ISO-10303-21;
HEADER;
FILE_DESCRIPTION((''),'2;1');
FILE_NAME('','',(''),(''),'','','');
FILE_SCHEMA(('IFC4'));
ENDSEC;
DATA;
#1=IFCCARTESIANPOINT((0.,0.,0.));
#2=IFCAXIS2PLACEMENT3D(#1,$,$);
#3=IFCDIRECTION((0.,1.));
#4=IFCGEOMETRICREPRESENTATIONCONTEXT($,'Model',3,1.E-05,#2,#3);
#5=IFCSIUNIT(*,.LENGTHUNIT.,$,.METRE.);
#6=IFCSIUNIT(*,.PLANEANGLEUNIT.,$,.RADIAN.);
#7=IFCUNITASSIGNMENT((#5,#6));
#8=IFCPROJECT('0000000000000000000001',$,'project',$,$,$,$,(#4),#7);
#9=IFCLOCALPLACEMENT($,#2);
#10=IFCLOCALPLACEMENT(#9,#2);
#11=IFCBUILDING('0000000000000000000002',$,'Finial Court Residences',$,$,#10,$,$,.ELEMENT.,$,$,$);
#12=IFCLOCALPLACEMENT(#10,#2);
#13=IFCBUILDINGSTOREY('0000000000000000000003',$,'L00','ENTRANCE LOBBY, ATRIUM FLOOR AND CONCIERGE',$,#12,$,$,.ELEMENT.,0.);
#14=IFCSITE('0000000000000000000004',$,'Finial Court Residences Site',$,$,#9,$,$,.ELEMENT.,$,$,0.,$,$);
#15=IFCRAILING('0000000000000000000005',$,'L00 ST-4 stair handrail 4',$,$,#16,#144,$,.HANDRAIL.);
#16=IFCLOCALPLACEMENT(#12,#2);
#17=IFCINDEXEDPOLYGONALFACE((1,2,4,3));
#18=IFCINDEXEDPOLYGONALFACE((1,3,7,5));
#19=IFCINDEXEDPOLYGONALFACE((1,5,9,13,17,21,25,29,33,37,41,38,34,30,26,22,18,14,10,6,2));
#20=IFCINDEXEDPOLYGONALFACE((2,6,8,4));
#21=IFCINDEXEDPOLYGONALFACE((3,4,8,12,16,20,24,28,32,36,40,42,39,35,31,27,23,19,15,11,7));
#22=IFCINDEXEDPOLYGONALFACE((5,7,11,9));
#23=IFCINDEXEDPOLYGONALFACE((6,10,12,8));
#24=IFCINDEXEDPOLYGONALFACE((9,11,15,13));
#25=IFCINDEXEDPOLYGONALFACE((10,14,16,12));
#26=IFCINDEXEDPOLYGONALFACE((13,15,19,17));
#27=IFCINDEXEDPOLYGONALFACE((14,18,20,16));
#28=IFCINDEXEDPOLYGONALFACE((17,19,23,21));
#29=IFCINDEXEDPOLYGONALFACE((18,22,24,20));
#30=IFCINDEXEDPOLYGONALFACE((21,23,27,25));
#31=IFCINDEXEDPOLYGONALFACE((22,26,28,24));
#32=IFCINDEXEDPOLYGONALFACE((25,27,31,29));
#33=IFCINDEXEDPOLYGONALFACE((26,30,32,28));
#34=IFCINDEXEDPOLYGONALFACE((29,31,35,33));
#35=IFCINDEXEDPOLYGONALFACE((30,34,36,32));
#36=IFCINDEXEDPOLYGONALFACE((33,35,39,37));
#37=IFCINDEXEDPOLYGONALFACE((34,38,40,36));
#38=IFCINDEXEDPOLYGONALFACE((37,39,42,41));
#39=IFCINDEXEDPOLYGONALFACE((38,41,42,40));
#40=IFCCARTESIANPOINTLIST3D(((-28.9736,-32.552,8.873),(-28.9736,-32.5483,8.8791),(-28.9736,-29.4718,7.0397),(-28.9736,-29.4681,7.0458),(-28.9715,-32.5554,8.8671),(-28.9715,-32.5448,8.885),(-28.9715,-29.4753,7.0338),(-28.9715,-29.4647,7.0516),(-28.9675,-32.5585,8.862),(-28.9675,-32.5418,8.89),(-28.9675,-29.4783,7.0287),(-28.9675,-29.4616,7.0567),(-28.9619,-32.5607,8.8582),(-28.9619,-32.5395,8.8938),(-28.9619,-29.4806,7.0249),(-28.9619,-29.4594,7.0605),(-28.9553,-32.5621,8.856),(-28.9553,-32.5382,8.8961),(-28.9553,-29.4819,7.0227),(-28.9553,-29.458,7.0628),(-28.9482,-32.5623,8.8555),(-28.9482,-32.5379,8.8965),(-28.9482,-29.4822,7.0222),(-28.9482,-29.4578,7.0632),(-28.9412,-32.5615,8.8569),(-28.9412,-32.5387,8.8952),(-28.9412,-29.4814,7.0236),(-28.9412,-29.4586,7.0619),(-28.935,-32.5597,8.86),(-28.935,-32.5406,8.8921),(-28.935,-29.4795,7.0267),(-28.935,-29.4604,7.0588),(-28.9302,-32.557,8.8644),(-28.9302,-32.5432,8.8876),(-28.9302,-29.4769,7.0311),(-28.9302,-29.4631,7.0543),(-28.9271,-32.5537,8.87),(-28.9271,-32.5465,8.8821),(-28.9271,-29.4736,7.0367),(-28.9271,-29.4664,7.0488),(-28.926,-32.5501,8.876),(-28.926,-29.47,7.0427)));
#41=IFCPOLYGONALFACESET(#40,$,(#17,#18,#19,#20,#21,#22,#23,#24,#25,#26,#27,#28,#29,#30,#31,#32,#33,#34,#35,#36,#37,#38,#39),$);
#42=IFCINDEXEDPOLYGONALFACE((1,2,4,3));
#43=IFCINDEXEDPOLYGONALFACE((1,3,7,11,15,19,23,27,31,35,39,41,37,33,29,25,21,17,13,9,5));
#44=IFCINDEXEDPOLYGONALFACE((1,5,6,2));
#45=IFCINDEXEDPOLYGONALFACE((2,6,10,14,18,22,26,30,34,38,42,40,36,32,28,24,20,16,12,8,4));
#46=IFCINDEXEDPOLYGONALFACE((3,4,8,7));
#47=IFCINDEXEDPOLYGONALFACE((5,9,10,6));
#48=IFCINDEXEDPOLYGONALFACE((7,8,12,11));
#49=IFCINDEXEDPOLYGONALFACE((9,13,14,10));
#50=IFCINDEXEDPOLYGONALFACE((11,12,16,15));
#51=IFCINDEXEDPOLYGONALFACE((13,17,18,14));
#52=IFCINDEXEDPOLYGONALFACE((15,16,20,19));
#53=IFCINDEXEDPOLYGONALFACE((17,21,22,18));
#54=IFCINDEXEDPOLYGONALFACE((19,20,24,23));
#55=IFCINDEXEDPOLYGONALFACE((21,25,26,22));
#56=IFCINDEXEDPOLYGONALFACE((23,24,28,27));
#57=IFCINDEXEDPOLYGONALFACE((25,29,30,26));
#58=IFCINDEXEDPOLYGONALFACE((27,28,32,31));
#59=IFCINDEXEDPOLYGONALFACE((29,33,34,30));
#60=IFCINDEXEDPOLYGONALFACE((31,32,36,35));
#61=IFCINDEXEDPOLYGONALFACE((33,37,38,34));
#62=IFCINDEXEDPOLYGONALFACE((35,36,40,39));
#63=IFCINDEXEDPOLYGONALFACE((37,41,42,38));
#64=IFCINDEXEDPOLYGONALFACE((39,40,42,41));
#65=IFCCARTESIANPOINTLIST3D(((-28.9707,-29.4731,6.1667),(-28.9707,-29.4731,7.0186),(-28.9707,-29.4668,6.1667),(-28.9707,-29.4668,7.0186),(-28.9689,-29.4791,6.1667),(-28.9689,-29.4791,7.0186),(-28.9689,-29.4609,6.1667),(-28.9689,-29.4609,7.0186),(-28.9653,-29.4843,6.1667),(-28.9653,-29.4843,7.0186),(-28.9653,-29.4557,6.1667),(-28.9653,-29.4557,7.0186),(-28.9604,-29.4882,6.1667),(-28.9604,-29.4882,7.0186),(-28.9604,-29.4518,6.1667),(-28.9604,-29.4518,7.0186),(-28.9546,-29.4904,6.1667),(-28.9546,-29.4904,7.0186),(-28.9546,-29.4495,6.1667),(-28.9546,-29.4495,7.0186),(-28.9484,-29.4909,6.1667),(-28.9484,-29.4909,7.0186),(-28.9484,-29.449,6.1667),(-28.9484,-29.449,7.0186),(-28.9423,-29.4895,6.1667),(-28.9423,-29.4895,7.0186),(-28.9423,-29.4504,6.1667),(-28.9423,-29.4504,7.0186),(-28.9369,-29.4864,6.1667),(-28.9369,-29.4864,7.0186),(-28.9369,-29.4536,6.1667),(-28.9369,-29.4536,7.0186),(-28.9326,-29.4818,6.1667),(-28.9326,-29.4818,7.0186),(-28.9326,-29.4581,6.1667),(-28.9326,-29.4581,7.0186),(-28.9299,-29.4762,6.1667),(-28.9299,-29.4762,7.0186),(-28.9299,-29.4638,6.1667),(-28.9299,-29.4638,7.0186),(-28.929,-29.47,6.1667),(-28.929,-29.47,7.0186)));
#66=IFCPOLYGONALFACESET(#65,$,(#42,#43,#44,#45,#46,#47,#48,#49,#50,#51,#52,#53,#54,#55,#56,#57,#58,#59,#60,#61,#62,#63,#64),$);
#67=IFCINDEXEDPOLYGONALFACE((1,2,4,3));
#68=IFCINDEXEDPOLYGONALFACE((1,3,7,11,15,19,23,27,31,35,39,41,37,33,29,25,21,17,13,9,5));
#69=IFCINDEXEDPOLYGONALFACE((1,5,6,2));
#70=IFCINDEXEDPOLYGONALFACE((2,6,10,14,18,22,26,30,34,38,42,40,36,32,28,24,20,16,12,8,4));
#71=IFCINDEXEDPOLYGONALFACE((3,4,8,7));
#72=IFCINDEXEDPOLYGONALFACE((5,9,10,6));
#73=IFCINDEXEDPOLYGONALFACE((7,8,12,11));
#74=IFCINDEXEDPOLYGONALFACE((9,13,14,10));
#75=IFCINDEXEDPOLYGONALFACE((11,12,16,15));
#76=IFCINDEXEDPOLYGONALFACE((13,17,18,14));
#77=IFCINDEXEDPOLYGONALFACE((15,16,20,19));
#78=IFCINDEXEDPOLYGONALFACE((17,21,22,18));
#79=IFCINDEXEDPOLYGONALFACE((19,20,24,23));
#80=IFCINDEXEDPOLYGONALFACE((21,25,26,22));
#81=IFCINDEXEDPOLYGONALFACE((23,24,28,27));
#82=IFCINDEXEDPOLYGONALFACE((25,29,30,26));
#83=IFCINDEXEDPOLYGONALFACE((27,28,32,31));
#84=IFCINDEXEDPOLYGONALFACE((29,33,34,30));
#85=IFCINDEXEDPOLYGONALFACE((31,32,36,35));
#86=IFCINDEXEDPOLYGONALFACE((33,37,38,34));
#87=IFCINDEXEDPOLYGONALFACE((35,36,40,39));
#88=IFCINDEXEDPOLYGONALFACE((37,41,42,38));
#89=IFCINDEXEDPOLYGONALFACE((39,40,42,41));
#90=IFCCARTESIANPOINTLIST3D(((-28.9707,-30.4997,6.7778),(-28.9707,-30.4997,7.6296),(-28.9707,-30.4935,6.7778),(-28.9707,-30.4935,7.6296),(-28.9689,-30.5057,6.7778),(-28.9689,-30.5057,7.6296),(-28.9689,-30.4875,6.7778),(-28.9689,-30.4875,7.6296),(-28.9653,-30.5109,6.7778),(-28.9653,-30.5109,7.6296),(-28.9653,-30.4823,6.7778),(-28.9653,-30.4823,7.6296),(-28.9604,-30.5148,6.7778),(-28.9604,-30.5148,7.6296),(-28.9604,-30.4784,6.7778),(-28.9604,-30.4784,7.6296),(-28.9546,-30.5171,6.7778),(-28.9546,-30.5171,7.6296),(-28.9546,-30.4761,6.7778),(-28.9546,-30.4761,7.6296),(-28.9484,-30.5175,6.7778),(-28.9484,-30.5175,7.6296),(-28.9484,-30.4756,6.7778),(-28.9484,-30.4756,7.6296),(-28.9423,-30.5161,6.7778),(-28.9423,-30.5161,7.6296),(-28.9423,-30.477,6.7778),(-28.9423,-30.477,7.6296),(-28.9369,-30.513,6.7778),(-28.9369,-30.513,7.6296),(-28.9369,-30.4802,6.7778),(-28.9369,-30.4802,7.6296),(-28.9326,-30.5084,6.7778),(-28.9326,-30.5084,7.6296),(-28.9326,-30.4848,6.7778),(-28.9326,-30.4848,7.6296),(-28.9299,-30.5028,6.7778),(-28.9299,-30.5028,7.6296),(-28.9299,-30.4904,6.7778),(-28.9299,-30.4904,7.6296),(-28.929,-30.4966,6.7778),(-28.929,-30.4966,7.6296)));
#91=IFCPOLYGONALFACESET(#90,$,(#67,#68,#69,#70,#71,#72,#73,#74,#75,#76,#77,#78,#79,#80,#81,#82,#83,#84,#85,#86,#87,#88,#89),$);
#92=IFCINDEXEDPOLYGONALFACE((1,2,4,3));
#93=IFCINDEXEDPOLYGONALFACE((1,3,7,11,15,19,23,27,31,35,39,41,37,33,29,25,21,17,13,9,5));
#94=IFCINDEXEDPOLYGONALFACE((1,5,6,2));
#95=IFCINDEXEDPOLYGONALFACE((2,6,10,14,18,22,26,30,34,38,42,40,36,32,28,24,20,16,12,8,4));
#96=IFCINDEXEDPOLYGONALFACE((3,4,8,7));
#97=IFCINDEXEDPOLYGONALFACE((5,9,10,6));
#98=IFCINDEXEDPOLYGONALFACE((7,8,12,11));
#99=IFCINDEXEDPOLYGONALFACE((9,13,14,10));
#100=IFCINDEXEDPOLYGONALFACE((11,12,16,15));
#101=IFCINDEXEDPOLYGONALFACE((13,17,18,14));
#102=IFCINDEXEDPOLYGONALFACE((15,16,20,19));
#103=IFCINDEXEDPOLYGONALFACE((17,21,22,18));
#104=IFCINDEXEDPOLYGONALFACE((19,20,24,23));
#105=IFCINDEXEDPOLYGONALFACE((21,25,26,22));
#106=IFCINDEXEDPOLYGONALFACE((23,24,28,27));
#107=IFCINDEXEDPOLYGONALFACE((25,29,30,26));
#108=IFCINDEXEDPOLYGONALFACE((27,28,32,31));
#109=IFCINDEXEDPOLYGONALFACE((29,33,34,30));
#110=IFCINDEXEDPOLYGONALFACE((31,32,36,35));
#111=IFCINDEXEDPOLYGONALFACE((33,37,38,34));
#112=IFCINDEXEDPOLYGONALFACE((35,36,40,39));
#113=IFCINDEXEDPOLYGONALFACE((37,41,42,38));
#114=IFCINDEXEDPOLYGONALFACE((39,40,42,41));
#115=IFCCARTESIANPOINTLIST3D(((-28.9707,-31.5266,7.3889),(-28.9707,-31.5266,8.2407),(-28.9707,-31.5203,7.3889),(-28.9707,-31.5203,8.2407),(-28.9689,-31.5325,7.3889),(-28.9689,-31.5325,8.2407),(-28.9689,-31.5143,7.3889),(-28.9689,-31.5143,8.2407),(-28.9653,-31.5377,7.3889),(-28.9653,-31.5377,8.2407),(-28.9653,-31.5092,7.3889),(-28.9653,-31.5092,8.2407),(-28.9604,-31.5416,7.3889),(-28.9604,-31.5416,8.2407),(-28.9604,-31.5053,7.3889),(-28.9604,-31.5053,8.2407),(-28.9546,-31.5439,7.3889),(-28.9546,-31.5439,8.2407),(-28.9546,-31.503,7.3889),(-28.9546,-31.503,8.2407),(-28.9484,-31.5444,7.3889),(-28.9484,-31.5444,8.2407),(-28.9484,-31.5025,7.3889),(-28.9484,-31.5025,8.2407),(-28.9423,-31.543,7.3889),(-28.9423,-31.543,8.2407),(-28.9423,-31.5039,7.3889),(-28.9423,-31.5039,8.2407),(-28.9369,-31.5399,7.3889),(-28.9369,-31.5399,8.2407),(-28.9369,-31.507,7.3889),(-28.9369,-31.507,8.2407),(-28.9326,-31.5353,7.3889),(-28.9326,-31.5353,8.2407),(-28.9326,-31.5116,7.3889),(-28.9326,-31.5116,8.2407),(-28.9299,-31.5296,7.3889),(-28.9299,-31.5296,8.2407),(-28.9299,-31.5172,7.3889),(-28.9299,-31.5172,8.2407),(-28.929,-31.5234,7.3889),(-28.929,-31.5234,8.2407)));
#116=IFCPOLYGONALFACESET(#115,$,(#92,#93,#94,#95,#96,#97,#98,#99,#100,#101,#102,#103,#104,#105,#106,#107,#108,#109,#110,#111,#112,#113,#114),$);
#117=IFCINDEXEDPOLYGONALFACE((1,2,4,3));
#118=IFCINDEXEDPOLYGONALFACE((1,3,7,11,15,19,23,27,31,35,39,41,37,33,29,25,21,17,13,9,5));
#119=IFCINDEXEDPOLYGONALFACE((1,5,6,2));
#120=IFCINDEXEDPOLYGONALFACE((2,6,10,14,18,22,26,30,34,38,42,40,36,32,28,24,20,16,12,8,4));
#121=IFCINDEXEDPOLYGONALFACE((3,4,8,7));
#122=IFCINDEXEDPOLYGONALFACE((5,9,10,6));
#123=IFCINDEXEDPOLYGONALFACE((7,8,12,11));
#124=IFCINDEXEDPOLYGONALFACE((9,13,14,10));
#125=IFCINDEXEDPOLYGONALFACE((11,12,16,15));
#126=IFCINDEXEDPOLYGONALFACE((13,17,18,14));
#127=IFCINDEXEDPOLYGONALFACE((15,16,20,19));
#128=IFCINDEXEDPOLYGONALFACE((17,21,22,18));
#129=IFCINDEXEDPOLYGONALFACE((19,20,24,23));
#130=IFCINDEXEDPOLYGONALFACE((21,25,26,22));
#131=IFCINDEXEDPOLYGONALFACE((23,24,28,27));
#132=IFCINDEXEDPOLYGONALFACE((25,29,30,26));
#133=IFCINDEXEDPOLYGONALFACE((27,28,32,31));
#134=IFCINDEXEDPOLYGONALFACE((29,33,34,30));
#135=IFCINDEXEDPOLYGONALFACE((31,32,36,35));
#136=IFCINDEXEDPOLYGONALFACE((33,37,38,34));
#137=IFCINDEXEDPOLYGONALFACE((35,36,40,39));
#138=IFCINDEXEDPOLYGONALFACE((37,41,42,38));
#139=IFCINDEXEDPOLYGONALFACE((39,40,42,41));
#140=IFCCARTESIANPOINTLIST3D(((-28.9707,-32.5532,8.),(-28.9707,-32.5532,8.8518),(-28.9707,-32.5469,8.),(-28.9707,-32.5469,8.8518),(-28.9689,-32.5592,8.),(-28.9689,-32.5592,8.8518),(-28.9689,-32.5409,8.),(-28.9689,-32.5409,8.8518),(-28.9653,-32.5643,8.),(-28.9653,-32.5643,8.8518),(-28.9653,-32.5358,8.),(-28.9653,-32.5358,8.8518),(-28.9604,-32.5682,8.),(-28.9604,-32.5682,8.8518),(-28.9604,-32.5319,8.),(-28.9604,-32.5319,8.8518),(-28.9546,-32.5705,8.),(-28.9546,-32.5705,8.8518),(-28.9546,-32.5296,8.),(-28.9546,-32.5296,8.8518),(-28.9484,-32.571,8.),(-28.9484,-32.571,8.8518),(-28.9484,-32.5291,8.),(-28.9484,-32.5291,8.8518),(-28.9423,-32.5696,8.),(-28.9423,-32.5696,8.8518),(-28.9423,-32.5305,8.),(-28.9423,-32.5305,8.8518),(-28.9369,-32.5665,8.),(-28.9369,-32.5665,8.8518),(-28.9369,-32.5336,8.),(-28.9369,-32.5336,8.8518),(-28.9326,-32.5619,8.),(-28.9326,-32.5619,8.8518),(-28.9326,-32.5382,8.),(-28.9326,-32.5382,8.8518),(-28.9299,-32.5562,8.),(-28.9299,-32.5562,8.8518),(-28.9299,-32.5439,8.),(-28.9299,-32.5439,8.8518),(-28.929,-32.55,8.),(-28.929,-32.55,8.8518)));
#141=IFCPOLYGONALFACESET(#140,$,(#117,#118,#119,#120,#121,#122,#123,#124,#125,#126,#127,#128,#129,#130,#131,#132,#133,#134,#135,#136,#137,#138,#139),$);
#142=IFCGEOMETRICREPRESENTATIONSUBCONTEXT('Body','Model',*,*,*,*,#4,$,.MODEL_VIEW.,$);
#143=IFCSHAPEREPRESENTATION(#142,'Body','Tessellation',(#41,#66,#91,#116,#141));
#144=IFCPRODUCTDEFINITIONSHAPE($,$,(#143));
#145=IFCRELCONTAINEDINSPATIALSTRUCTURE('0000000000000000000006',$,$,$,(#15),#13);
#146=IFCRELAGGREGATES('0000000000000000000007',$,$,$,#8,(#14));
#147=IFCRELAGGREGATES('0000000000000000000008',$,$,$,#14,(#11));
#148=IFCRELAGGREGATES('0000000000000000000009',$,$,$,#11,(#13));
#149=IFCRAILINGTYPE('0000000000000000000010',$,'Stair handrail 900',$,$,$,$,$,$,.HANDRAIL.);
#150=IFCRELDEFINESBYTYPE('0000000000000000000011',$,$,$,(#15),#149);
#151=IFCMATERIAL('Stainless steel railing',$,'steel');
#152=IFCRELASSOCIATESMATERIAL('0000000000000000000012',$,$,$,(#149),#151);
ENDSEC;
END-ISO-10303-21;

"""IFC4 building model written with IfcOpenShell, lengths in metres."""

from ifc_helpers import new_model, si_unit, direction, frame, origin, origin_2d, place, context, subcontext, project, spatial, circle, extrude, material, type_object, element, save


model = new_model("IFC4")

# Units and contexts
model_context = context("Model", 3, precision=1e-05, world=origin(), true_north=direction((0.0, 1.0)))
body_context = subcontext(model_context, "Body", "Model", "MODEL_VIEW")
ifc_project = project(units=[si_unit("LENGTHUNIT", "METRE"), si_unit("PLANEANGLEUNIT", "RADIAN")], contexts=[model_context])

# Site, building, storey
site_placement = place(None, origin())
site = spatial("IfcSite", under=ifc_project, at=site_placement, Name="Finial Court Residences Site", CompositionType="ELEMENT", RefElevation=0.0)
building_placement = place(site_placement, origin())
building = spatial("IfcBuilding", under=site, at=building_placement, Name="Finial Court Residences", CompositionType="ELEMENT")
storey_placement = place(building_placement, origin())
storey = spatial("IfcBuildingStorey", under=building, at=storey_placement, Name="L00", Description="ENTRANCE LOBBY, ATRIUM FLOOR AND CONCIERGE", CompositionType="ELEMENT", Elevation=0.0)

# Railing
ifc_material_1 = material(Name="Stainless steel railing", Category="steel")
railing_type = type_object("IfcRailingType", Name="Stair handrail 900", PredefinedType="HANDRAIL", material=ifc_material_1)
for number, where, name in (
    (1, (-28.95, -29.47, 6.1667), "L00 ST-4 stair handrail 4"),
):
    element("IfcRailing", number, at=place(storey_placement, frame(where)), inside=storey, type_object=railing_type, Name=name, PredefinedType="HANDRAIL", context=body_context, shape_type="SweptSolid", body=[
        extrude(circle(Radius=0.0239, at=origin_2d()), frame((0.0, 0.0, 0.876), z_axis=(0.0, -0.859309, 0.511458), x_axis=(1.0, 0.0, 0.0)), (0.0, 0.0, 1.0), 3.5845),
        extrude(circle(Radius=0.021, at=origin_2d()), origin(), (0.0, 0.0, 1.0), 0.8518),
        extrude(circle(Radius=0.021, at=origin_2d()), frame((0.0, -1.0266, 0.6111)), (0.0, 0.0, 1.0), 0.8518),
        extrude(circle(Radius=0.021, at=origin_2d()), frame((0.0, -2.0535, 1.2222)), (0.0, 0.0, 1.0), 0.8518),
        extrude(circle(Radius=0.021, at=origin_2d()), frame((0.0, -3.0801, 1.8333)), (0.0, 0.0, 1.0), 0.8518),
    ])

save(model, "model.ifc")
